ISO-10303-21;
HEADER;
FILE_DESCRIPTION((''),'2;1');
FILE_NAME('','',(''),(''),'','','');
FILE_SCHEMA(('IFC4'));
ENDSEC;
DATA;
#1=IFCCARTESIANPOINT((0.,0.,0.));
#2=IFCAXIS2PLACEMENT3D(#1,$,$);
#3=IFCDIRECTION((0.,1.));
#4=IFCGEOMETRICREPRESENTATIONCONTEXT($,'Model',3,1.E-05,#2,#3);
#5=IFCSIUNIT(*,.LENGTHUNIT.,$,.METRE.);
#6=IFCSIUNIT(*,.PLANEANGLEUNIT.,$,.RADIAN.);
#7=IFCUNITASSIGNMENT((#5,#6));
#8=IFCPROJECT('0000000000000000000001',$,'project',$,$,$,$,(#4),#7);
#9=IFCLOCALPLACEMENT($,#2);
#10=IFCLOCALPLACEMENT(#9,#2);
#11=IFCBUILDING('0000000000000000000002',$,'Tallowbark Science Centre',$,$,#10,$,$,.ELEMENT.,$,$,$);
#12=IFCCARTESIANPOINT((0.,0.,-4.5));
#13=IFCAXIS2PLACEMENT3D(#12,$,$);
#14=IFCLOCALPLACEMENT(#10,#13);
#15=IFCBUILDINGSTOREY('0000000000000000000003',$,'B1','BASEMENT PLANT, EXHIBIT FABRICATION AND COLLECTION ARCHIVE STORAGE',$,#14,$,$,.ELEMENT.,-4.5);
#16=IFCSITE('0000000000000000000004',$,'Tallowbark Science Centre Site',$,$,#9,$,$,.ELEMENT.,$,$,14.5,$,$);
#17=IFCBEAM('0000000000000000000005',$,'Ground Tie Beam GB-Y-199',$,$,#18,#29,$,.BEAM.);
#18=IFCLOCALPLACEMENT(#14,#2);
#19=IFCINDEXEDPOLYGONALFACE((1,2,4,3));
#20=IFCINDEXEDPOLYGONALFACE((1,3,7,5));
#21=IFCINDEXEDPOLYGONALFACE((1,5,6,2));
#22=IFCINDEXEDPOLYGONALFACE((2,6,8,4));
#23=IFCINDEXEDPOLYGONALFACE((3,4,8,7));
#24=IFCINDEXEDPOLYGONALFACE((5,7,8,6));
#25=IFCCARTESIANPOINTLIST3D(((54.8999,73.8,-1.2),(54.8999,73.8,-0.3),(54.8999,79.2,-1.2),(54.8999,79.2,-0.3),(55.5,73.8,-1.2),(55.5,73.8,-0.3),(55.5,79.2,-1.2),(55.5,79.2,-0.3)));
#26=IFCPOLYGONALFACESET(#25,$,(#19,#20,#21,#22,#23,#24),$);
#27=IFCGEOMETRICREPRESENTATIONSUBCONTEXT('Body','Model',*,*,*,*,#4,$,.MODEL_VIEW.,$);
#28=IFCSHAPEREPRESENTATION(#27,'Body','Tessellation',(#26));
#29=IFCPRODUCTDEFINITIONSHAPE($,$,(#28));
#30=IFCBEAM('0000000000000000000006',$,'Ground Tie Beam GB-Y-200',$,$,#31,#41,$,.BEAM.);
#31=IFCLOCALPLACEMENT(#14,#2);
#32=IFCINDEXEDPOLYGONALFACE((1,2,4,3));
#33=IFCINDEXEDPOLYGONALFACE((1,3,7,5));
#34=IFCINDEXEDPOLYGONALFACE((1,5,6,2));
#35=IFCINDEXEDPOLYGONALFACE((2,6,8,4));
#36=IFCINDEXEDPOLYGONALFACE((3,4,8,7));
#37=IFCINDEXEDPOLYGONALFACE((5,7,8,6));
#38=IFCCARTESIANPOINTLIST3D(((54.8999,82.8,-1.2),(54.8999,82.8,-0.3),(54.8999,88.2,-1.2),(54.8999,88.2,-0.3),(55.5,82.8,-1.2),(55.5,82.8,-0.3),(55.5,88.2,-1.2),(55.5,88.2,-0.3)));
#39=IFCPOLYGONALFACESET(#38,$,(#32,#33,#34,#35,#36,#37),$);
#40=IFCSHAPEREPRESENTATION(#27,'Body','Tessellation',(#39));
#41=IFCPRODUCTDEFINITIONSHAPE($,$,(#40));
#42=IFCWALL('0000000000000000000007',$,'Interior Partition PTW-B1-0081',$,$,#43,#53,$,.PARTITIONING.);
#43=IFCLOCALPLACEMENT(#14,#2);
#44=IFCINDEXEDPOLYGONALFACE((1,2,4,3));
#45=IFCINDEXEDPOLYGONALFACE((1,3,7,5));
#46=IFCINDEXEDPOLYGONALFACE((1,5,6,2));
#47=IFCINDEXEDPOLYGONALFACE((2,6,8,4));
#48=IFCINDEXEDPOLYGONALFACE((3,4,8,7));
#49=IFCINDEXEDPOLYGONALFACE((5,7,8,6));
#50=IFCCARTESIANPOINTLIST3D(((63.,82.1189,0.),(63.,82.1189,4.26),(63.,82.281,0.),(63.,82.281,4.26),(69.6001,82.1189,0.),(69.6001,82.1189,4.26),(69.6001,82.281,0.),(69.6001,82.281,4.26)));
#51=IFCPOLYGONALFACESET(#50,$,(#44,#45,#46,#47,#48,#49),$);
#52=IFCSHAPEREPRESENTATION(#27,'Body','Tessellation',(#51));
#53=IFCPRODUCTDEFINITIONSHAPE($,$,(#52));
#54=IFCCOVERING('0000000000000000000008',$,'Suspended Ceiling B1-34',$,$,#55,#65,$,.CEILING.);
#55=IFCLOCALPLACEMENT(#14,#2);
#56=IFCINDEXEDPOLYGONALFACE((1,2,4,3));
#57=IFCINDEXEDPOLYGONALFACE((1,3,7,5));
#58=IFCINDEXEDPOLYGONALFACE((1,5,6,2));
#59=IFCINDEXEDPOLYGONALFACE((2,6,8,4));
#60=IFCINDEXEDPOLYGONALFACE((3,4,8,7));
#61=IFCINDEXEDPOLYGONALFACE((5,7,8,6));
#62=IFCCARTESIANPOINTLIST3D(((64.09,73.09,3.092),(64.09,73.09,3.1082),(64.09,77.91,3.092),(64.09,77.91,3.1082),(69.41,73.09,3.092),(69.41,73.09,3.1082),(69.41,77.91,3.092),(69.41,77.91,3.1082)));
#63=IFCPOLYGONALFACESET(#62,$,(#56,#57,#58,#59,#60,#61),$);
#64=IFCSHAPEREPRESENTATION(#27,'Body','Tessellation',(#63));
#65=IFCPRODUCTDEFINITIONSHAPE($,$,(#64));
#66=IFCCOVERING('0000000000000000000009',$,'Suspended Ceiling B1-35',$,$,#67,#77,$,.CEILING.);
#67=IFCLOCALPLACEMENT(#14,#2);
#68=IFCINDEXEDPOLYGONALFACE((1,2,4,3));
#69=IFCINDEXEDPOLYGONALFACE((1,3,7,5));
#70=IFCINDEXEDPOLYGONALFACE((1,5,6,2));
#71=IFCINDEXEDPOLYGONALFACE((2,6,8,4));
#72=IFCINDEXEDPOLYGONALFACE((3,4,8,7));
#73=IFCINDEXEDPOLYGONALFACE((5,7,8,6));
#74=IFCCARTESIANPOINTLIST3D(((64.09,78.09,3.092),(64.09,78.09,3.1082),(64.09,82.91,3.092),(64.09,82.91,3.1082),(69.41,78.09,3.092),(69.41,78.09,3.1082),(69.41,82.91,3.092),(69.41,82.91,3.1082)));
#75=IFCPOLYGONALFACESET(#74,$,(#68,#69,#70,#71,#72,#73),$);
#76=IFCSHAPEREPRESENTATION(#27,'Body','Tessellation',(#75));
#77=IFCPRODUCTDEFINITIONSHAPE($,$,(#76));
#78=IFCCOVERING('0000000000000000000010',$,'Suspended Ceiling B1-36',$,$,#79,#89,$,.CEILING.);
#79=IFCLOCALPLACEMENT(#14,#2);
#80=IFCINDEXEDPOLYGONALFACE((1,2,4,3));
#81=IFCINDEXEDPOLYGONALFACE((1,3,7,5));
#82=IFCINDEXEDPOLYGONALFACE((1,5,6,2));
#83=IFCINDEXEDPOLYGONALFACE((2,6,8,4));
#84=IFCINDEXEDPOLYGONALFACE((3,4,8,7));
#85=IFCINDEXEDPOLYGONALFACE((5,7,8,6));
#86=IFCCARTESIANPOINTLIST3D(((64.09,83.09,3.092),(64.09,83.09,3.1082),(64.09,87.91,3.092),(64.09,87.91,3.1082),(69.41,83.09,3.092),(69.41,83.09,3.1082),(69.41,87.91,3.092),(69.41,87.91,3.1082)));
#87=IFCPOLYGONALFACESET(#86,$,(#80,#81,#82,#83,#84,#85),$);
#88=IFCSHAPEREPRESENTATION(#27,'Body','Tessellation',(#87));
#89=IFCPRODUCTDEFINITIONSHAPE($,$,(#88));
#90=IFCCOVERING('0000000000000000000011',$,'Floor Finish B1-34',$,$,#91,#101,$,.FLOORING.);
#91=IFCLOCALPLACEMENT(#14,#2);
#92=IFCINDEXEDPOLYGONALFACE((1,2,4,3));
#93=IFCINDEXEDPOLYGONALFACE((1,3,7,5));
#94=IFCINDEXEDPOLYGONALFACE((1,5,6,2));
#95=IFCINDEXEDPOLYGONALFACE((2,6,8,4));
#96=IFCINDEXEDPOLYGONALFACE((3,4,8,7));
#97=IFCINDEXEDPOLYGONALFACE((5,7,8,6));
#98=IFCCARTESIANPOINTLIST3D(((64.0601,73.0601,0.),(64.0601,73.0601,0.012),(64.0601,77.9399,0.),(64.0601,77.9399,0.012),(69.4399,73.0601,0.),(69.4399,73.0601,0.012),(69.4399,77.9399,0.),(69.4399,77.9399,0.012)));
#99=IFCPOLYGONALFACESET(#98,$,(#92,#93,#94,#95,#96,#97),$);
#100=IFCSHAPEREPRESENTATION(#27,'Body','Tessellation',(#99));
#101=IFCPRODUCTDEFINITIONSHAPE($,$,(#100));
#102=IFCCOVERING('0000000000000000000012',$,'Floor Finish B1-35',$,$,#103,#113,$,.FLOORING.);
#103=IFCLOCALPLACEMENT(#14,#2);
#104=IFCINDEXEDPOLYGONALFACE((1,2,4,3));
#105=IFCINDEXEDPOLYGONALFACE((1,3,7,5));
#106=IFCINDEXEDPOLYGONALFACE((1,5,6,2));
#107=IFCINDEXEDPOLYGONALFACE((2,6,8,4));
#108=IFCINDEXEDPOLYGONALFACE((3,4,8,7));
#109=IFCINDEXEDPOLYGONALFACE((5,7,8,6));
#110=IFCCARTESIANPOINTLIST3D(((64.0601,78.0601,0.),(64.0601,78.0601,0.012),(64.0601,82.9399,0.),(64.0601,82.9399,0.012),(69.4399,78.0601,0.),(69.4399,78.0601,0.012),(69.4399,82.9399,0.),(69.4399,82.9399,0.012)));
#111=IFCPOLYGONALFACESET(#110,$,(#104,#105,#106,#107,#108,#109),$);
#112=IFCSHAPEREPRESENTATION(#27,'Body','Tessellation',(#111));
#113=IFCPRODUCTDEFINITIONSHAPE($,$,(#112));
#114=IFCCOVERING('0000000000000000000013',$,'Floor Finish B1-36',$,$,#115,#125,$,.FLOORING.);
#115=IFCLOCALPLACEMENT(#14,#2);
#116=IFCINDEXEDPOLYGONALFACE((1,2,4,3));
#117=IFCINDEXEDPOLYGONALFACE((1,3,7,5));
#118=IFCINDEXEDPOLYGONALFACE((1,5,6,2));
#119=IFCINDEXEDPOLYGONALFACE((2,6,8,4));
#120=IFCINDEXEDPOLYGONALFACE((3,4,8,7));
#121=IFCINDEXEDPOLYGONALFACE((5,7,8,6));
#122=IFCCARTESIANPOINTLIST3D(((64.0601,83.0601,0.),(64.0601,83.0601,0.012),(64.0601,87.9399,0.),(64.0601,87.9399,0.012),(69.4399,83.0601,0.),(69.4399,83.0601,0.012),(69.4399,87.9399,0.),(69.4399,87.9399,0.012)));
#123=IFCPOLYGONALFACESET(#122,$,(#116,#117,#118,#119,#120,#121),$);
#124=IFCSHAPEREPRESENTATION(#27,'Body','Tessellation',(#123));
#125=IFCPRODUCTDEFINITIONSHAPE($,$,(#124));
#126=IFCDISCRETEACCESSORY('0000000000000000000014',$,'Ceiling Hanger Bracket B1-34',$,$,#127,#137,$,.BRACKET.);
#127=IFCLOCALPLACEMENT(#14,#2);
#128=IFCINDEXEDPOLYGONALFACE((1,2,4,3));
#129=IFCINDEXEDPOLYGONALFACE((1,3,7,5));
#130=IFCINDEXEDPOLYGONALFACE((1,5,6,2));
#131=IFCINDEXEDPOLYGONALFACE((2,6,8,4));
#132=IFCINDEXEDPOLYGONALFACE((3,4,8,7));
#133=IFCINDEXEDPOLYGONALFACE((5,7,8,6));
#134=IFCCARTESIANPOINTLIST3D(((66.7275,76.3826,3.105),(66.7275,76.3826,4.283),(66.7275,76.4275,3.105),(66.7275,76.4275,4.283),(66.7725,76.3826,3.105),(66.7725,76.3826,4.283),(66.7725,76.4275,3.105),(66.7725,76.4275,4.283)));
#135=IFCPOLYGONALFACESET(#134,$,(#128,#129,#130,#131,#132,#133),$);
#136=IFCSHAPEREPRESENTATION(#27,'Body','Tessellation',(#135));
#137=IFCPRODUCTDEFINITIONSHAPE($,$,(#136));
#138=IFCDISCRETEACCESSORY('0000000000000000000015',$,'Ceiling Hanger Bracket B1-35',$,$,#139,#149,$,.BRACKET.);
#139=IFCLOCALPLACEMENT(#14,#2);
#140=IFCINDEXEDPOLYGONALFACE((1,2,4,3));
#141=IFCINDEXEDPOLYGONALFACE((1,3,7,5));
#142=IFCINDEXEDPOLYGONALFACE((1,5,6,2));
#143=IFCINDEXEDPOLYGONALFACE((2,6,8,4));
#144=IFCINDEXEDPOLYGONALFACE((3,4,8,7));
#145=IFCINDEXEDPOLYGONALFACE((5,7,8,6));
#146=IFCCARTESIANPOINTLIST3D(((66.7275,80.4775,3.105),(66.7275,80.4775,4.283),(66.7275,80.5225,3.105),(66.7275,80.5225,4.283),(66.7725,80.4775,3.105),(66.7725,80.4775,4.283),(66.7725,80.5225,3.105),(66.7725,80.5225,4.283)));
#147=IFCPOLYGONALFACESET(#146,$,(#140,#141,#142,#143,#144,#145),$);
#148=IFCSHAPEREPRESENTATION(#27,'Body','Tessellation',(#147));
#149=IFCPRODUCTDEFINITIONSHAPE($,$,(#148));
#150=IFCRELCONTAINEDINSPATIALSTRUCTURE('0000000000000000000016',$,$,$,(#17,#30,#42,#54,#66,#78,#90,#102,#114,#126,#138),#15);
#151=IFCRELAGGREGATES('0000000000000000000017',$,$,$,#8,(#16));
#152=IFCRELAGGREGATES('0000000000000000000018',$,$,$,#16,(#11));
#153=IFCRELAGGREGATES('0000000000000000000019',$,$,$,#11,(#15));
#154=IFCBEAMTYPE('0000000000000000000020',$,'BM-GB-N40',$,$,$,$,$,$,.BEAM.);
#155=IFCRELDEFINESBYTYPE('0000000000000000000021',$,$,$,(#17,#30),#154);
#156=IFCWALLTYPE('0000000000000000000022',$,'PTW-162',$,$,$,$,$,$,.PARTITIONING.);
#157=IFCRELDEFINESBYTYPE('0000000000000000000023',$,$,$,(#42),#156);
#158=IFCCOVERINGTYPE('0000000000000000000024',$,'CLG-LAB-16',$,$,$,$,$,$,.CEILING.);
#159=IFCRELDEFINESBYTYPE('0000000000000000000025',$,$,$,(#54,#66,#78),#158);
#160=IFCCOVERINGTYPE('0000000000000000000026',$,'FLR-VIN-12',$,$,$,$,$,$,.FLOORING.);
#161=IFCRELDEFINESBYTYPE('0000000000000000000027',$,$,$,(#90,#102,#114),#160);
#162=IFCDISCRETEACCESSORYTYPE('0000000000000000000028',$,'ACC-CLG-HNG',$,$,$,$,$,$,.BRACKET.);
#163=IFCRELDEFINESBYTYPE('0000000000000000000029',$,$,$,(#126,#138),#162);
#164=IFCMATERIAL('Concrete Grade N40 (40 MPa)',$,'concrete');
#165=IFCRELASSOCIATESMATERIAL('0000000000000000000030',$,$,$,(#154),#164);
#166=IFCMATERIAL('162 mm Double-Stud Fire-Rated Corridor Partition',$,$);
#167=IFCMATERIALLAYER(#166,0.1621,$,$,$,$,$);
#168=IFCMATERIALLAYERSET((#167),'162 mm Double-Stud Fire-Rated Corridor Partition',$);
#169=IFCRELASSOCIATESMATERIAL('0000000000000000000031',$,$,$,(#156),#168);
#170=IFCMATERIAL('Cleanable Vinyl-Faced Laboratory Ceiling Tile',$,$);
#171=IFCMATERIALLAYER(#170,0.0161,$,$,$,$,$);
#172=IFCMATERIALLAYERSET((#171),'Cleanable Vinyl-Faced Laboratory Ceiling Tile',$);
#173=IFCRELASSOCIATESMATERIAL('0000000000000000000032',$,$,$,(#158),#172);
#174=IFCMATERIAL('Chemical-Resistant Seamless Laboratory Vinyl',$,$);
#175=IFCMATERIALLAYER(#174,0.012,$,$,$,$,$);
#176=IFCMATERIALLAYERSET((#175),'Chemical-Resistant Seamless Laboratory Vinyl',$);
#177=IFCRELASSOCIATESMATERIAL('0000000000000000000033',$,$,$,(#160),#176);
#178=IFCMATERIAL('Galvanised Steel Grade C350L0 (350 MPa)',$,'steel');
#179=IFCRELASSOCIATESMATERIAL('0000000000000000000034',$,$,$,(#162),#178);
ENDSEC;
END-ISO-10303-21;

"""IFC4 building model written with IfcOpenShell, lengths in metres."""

from ifc_helpers import new_model, si_unit, direction, frame, frame_2d, origin, origin_2d, place, context, subcontext, project, spatial, rectangle, extrude, material, layer, layer_set, material_profile, profile_set, type_object, element, save


model = new_model("IFC4")

# Units and contexts
model_context = context("Model", 3, precision=1e-05, world=origin(), true_north=direction((0.0, 1.0)))
body_context = subcontext(model_context, "Body", "Model", "MODEL_VIEW")
ifc_project = project(units=[si_unit("LENGTHUNIT", "METRE"), si_unit("PLANEANGLEUNIT", "RADIAN")], contexts=[model_context])

# Site, building, storey
site_placement = place(None, origin())
site = spatial("IfcSite", under=ifc_project, at=site_placement, Name="Tallowbark Science Centre Site", CompositionType="ELEMENT", RefElevation=14.5)
building_placement = place(site_placement, origin())
building = spatial("IfcBuilding", under=site, at=building_placement, Name="Tallowbark Science Centre", CompositionType="ELEMENT")
storey_placement = place(building_placement, frame((0.0, 0.0, -4.5)))
storey = spatial("IfcBuildingStorey", under=building, at=storey_placement, Name="B1", Description="BASEMENT PLANT, EXHIBIT FABRICATION AND COLLECTION ARCHIVE STORAGE", CompositionType="ELEMENT", Elevation=-4.5)

# Shared definitions
ifc_material_1 = material(Name="Concrete Grade N40 (40 MPa)", Category="concrete")

# Beams
ifc_material_profile_1 = material_profile(ifc_material_1, rectangle(XDim=0.6001, YDim=0.8999, at=origin_2d()), Name="RC600x900")
ifc_profile_set_1 = profile_set([ifc_material_profile_1], Name="Concrete Grade N40 (40 MPa)")
beam_type = type_object("IfcBeamType", Name="BM-GB-N40", PredefinedType="BEAM", material=ifc_profile_set_1)
for number, where, z_axis, x_axis, name in (
    (1, (55.2, 73.8, -0.75), (0.0, 1.0, 0.0), (-1.0, 0.0, 0.0), "Ground Tie Beam GB-Y-199"),
    (2, (55.2, 82.8, -0.75), (0.0, 1.0, 0.0), (-1.0, 0.0, 0.0), "Ground Tie Beam GB-Y-200"),
):
    element("IfcBeam", number, at=place(storey_placement, frame(where, z_axis=z_axis, x_axis=x_axis)), inside=storey, type_object=beam_type, Name=name, PredefinedType="BEAM", context=body_context, shape_type="SweptSolid", body=[
        extrude(rectangle(XDim=0.6001, YDim=0.8999, at=origin_2d()), origin(), (0.0, 0.0, 1.0), 5.3999),
    ])

# Wall
ifc_material_2 = material(Name="162 mm Double-Stud Fire-Rated Corridor Partition")
ifc_layer_1 = layer(ifc_material_2, 0.1621)
ifc_layer_set_1 = layer_set([ifc_layer_1], Name="162 mm Double-Stud Fire-Rated Corridor Partition")
wall_type = type_object("IfcWallType", Name="PTW-162", PredefinedType="PARTITIONING", material=ifc_layer_set_1)
wall_placement = place(storey_placement, frame((63.0, 82.2, 0.0), z_axis=(0.0, 0.0, 1.0), x_axis=(1.0, 0.0, 0.0)))
element("IfcWall", 3, at=wall_placement, inside=storey, type_object=wall_type, Name="Interior Partition PTW-B1-0081", PredefinedType="PARTITIONING", context=body_context, shape_type="SweptSolid", body=[
    extrude(rectangle(XDim=6.6001, YDim=0.1621, at=frame_2d((3.3, 0.0))), origin(), (0.0, 0.0, 1.0), 4.26),
])

# Coverings
ifc_material_3 = material(Name="Cleanable Vinyl-Faced Laboratory Ceiling Tile")
ifc_layer_2 = layer(ifc_material_3, 0.0161)
ifc_layer_set_2 = layer_set([ifc_layer_2], Name="Cleanable Vinyl-Faced Laboratory Ceiling Tile")
covering_type_1 = type_object("IfcCoveringType", Name="CLG-LAB-16", PredefinedType="CEILING", material=ifc_layer_set_2)
for number, where, z_axis, x_axis, name in (
    (4, (66.75, 75.5, 3.092), (0.0, 0.0, 1.0), (1.0, 0.0, 0.0), "Suspended Ceiling B1-34"),
    (5, (66.75, 80.5, 3.092), (0.0, 0.0, 1.0), (1.0, 0.0, 0.0), "Suspended Ceiling B1-35"),
    (6, (66.75, 85.5, 3.092), (0.0, 0.0, 1.0), (1.0, 0.0, 0.0), "Suspended Ceiling B1-36"),
):
    element("IfcCovering", number, at=place(storey_placement, frame(where, z_axis=z_axis, x_axis=x_axis)), inside=storey, type_object=covering_type_1, Name=name, PredefinedType="CEILING", context=body_context, shape_type="SweptSolid", body=[
        extrude(rectangle(XDim=5.3201, YDim=4.8201, at=origin_2d()), origin(), (0.0, 0.0, 1.0), 0.0161),
    ])
ifc_material_4 = material(Name="Chemical-Resistant Seamless Laboratory Vinyl")
ifc_layer_3 = layer(ifc_material_4, 0.012)
ifc_layer_set_3 = layer_set([ifc_layer_3], Name="Chemical-Resistant Seamless Laboratory Vinyl")
covering_type_2 = type_object("IfcCoveringType", Name="FLR-VIN-12", PredefinedType="FLOORING", material=ifc_layer_set_3)
for number, where, z_axis, x_axis, name in (
    (7, (66.75, 75.5, 0.0), (0.0, 0.0, 1.0), (1.0, 0.0, 0.0), "Floor Finish B1-34"),
    (8, (66.75, 80.5, 0.0), (0.0, 0.0, 1.0), (1.0, 0.0, 0.0), "Floor Finish B1-35"),
    (9, (66.75, 85.5, 0.0), (0.0, 0.0, 1.0), (1.0, 0.0, 0.0), "Floor Finish B1-36"),
):
    element("IfcCovering", number, at=place(storey_placement, frame(where, z_axis=z_axis, x_axis=x_axis)), inside=storey, type_object=covering_type_2, Name=name, PredefinedType="FLOORING", context=body_context, shape_type="SweptSolid", body=[
        extrude(rectangle(XDim=5.3799, YDim=4.8799, at=origin_2d()), origin(), (0.0, 0.0, 1.0), 0.012),
    ])

# Discrete accessories
ifc_material_5 = material(Name="Galvanised Steel Grade C350L0 (350 MPa)", Category="steel")
discrete_accessory_type = type_object("IfcDiscreteAccessoryType", Name="ACC-CLG-HNG", PredefinedType="BRACKET", material=ifc_material_5)
for number, where, z_axis, x_axis, name in (
    (10, (66.75, 76.405, 3.105), (0.0, 0.0, 1.0), (1.0, 0.0, 0.0), "Ceiling Hanger Bracket B1-34"),
    (11, (66.75, 80.5, 3.105), (0.0, 0.0, 1.0), (1.0, 0.0, 0.0), "Ceiling Hanger Bracket B1-35"),
):
    element("IfcDiscreteAccessory", number, at=place(storey_placement, frame(where, z_axis=z_axis, x_axis=x_axis)), inside=storey, type_object=discrete_accessory_type, Name=name, PredefinedType="BRACKET", context=body_context, shape_type="SweptSolid", body=[
        extrude(rectangle(XDim=0.0449, YDim=0.0449, at=origin_2d()), origin(), (0.0, 0.0, 1.0), 1.178),
    ])

save(model, "model.ifc")
